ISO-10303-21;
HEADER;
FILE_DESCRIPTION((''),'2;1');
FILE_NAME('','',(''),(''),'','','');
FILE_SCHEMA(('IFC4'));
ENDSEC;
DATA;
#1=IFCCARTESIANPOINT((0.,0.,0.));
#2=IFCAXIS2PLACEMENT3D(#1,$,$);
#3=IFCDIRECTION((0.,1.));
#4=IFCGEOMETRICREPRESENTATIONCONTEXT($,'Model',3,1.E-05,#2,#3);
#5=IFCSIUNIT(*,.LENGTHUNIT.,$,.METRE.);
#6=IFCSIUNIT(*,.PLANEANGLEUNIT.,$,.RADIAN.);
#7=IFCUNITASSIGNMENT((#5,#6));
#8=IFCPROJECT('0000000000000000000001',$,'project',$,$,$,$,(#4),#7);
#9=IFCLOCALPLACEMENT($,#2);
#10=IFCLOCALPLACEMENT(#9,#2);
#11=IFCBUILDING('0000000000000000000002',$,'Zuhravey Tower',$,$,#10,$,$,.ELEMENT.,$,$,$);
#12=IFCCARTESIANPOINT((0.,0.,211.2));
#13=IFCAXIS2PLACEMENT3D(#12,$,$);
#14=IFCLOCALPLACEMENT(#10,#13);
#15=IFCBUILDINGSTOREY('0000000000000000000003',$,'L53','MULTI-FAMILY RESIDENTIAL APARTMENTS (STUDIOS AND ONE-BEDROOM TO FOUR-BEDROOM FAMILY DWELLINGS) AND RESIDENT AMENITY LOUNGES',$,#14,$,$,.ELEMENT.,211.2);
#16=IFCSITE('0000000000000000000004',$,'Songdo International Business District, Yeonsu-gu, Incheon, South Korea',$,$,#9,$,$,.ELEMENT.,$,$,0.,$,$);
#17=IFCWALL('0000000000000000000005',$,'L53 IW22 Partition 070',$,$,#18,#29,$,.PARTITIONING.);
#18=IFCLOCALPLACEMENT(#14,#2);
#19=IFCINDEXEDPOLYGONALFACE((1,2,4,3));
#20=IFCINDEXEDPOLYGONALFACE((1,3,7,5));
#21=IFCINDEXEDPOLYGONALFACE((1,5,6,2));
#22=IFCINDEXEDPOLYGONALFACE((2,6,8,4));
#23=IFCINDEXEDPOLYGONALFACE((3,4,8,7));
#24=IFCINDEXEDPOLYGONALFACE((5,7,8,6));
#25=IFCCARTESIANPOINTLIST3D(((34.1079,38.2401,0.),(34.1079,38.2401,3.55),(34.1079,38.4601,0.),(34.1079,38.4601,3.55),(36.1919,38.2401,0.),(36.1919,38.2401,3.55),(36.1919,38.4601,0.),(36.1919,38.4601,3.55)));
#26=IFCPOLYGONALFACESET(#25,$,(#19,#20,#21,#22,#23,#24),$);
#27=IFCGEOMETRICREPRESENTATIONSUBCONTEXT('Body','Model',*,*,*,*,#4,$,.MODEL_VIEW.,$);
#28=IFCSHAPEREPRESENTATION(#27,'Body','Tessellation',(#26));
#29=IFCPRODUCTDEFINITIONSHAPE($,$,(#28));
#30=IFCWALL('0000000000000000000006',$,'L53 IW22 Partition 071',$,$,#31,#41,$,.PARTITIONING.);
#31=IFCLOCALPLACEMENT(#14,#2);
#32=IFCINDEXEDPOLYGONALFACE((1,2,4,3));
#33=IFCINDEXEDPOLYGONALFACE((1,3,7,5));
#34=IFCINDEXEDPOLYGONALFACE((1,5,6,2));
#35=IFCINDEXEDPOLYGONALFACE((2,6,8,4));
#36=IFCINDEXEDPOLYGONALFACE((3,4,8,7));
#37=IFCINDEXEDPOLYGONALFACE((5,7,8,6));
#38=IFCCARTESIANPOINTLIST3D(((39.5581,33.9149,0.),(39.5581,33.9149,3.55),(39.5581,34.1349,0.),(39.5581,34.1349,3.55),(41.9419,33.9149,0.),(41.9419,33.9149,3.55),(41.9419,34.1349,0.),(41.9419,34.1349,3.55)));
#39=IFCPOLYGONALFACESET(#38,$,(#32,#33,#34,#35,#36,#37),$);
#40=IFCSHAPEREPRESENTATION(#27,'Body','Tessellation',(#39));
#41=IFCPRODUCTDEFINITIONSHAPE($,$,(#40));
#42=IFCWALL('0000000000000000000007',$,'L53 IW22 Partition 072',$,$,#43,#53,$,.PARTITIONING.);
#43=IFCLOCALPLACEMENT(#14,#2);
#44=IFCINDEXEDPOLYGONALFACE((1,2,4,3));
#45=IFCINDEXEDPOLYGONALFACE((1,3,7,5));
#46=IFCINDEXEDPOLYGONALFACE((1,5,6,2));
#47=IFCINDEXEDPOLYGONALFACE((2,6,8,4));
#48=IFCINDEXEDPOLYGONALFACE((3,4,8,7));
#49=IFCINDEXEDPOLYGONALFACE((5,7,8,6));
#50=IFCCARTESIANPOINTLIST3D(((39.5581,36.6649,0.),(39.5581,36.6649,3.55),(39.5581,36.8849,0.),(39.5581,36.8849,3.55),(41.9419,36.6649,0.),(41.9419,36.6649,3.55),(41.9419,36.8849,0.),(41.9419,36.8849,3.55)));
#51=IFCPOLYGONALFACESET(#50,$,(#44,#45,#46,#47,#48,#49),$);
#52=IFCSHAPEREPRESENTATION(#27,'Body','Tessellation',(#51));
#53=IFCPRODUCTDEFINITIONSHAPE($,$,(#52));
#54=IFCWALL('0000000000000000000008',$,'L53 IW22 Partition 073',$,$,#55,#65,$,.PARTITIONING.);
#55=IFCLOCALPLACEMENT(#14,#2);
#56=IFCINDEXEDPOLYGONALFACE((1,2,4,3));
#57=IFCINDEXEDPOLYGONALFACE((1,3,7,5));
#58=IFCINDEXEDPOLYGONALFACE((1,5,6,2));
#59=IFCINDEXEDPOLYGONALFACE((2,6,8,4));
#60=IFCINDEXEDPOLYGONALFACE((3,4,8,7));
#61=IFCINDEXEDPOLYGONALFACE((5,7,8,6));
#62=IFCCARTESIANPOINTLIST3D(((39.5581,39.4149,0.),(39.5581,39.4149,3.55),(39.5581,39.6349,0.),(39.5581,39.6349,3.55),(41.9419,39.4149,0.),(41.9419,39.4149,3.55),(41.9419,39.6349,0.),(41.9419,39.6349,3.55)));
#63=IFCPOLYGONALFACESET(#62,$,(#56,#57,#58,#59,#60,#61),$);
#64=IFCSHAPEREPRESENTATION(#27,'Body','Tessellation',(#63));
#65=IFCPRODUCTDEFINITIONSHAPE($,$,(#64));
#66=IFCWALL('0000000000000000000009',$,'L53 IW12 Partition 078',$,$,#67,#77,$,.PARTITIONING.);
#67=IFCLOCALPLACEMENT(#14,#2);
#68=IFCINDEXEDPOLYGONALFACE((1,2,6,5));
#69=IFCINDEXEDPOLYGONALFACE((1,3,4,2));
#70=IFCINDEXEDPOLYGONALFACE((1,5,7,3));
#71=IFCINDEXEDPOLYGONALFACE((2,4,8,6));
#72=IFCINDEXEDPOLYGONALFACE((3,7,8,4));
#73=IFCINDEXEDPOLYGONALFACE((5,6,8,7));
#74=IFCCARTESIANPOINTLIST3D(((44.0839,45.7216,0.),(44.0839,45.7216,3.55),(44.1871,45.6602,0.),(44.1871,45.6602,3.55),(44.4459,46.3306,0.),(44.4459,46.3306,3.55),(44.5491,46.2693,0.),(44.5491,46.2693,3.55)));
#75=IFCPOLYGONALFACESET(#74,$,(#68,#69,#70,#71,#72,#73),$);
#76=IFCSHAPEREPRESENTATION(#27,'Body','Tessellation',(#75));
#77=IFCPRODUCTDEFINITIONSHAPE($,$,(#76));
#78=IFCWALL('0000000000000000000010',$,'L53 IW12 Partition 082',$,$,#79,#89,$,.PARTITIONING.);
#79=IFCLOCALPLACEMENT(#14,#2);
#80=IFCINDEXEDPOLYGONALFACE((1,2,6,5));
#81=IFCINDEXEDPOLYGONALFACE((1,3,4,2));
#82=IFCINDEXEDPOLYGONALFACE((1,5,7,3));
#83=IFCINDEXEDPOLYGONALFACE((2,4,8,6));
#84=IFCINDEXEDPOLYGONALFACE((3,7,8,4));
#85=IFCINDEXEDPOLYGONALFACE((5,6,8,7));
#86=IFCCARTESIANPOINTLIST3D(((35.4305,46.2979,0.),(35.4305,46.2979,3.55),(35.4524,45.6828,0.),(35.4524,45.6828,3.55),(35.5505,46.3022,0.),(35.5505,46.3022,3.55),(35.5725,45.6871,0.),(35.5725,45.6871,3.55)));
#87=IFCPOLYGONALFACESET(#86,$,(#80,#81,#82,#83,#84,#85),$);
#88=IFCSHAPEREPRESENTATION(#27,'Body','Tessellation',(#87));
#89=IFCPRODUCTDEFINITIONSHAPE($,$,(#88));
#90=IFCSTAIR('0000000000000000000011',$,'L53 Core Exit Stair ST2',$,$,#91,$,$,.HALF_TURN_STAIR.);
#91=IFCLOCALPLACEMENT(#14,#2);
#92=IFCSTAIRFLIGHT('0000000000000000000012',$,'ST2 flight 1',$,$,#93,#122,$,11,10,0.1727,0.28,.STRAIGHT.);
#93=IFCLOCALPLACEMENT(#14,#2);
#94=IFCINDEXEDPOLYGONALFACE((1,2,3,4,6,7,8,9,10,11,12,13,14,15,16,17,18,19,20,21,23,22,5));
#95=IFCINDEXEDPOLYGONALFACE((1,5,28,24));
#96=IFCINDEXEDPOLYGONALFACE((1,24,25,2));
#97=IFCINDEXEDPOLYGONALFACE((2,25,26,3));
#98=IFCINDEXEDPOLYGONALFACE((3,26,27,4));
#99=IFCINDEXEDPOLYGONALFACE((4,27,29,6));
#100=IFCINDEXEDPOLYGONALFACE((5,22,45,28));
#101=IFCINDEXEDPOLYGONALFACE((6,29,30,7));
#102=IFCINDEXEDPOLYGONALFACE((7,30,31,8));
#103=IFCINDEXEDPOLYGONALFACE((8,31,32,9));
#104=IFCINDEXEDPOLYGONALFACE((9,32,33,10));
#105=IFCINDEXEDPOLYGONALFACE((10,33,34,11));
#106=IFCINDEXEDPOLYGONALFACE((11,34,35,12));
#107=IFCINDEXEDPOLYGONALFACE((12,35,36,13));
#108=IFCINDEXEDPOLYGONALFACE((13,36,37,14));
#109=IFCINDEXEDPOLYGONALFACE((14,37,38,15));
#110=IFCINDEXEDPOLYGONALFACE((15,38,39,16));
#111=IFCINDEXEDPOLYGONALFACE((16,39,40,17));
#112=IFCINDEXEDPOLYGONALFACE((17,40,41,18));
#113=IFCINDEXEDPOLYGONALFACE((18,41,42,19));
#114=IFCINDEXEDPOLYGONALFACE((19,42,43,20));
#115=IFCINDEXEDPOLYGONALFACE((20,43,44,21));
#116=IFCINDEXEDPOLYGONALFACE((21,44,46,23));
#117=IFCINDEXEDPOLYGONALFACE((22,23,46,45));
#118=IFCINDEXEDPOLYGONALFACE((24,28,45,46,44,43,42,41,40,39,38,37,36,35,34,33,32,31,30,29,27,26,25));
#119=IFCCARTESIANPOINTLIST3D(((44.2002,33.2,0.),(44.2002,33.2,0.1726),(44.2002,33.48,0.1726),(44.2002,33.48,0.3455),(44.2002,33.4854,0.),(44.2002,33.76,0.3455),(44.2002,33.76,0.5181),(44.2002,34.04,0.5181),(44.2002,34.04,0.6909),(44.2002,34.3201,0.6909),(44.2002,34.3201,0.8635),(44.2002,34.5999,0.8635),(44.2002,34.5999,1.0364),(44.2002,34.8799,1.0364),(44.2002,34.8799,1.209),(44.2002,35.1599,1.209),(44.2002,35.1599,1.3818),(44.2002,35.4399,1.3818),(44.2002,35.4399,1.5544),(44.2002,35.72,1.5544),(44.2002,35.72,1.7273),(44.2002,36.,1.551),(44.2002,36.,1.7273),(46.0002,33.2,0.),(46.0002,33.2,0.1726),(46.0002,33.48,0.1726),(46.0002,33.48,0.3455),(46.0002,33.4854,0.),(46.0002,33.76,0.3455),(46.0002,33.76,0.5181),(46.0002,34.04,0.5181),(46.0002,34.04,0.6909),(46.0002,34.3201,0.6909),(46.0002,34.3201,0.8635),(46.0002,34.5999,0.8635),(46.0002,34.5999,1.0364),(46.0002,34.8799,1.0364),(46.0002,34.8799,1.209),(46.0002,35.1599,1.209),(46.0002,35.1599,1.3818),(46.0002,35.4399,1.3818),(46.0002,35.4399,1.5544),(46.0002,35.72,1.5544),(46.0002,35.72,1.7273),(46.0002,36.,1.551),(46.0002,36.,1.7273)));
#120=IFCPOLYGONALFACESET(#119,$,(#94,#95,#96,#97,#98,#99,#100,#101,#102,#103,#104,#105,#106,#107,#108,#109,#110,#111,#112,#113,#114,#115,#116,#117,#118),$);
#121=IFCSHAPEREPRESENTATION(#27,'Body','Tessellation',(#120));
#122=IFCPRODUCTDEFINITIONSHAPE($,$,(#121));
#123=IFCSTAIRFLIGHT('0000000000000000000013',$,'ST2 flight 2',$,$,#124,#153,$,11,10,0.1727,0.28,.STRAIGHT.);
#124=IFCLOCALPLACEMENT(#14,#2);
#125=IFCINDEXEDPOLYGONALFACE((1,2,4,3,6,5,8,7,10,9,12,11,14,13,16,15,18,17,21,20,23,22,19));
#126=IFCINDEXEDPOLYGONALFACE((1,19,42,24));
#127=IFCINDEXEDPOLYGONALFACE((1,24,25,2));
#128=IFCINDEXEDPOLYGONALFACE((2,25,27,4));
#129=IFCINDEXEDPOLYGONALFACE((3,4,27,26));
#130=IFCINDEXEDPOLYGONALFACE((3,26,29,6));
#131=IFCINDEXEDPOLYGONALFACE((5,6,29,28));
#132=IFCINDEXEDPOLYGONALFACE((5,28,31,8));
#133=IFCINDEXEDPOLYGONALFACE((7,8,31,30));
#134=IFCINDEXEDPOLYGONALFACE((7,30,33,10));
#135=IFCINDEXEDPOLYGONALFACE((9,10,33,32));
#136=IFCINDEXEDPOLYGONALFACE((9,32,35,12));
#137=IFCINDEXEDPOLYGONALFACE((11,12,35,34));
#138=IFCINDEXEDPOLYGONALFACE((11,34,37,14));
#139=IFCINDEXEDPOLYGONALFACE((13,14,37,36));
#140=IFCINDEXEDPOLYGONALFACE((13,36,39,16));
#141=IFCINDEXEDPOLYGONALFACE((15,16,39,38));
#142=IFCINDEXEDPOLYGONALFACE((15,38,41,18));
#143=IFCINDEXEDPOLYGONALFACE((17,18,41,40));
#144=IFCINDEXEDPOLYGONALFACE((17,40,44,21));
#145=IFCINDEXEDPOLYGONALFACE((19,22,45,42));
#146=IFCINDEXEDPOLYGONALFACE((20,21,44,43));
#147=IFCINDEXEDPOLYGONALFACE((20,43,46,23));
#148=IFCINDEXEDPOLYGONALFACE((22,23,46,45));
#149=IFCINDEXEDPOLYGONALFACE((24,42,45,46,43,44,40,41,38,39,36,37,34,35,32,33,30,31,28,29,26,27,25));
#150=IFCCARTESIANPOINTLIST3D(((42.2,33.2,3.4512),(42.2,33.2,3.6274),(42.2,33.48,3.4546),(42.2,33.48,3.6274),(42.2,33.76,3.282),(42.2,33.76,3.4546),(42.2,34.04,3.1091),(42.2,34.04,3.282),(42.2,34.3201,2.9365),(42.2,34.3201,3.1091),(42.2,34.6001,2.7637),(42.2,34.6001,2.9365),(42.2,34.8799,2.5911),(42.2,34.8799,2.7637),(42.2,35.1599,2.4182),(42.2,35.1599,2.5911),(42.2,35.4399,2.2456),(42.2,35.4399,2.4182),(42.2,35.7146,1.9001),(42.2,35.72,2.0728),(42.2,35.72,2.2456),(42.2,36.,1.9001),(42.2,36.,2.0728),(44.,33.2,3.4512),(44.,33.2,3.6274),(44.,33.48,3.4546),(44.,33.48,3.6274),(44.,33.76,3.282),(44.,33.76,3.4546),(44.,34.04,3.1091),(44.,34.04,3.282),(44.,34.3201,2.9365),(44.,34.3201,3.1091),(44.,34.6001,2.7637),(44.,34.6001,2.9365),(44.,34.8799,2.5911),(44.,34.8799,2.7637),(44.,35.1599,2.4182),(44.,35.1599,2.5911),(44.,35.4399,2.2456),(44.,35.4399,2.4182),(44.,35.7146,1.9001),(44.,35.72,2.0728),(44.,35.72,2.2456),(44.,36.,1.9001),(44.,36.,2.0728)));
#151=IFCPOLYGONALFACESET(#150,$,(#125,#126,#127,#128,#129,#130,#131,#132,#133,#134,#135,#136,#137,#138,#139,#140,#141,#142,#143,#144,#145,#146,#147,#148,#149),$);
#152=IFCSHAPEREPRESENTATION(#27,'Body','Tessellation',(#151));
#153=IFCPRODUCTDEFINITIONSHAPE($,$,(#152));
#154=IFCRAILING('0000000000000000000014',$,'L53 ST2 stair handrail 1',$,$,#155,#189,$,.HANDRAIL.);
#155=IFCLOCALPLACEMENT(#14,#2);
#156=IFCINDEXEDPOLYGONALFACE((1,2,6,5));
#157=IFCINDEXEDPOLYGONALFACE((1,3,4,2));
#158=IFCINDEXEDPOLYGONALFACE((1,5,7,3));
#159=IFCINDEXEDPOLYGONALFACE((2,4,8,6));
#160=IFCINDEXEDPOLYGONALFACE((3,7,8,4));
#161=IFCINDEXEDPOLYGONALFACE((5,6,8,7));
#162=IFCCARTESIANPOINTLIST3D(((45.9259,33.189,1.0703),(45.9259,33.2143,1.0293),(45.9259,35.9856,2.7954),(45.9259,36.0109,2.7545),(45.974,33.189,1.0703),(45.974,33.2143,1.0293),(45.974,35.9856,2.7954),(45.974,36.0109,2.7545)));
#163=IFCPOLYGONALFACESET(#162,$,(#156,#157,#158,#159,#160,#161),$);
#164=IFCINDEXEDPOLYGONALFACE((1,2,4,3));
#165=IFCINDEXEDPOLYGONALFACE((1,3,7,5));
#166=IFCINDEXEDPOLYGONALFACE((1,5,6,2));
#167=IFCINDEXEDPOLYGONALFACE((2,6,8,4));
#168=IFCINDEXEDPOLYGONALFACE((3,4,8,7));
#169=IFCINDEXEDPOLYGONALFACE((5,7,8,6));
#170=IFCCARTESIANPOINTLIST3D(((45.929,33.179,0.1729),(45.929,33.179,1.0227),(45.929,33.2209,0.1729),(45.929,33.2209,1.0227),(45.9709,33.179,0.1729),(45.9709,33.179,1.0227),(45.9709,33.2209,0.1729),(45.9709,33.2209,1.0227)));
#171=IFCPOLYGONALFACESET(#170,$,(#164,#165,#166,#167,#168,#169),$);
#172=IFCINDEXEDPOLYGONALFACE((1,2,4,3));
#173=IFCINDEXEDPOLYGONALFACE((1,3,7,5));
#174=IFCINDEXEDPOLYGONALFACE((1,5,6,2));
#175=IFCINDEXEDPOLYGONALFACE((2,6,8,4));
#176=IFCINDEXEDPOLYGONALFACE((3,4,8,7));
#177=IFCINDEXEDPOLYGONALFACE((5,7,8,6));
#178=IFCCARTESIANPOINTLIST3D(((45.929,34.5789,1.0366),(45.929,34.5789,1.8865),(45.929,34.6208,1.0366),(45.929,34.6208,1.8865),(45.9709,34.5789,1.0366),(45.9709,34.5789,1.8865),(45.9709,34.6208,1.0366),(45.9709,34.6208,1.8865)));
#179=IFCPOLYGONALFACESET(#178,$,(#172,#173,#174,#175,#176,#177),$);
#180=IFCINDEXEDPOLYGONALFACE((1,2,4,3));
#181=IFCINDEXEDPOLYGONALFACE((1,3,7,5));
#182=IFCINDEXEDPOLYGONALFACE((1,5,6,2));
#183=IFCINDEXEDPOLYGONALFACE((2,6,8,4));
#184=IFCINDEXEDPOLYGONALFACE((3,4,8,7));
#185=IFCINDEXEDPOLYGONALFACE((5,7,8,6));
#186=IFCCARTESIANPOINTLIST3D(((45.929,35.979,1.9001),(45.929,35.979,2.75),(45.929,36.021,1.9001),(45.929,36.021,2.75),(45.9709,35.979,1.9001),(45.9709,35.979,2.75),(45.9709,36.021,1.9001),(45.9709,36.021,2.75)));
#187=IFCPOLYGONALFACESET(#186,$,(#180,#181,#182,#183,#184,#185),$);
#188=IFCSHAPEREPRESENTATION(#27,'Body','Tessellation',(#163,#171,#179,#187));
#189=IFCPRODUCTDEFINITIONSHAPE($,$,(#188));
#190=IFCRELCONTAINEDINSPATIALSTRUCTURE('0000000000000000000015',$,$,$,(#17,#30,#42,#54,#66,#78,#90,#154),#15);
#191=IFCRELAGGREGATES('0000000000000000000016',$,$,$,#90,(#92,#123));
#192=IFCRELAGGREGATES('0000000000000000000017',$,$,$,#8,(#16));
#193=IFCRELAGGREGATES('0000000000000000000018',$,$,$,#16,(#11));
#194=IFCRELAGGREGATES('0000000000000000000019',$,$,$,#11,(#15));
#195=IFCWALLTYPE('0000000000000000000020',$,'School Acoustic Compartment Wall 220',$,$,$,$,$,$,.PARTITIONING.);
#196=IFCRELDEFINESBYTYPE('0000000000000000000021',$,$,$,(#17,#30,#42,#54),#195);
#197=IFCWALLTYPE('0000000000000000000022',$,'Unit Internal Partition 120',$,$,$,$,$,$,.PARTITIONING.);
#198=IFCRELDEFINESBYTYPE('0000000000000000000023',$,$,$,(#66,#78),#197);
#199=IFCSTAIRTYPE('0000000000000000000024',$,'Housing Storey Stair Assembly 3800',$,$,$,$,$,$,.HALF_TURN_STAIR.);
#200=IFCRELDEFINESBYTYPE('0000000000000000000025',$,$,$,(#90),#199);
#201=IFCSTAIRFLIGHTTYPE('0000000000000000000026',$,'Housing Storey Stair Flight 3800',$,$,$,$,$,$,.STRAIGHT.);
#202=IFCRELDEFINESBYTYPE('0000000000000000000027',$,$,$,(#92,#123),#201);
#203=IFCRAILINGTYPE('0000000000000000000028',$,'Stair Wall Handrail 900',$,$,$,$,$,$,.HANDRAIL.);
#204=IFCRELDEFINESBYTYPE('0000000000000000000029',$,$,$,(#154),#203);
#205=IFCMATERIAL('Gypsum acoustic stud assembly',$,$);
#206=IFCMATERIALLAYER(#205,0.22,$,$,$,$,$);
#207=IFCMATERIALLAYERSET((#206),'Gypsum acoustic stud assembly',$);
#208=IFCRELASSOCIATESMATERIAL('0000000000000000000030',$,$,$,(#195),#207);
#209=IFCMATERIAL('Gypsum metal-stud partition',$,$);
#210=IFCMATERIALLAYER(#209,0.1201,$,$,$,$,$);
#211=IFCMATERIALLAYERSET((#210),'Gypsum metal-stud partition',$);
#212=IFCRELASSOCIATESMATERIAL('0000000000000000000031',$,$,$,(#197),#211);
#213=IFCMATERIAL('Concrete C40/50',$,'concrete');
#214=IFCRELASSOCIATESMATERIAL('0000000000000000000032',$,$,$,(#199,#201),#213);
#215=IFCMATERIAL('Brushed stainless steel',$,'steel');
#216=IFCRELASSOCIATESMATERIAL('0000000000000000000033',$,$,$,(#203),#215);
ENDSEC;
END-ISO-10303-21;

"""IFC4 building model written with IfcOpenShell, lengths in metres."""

from ifc_helpers import new_model, si_unit, direction, frame, frame_2d, origin, origin_2d, place, context, subcontext, project, spatial, polyline, rectangle, outline, extrude, material, layer, layer_set, type_object, element, aggregate, save


model = new_model("IFC4")

# Units and contexts
model_context = context("Model", 3, precision=1e-05, world=origin(), true_north=direction((0.0, 1.0)))
body_context = subcontext(model_context, "Body", "Model", "MODEL_VIEW")
ifc_project = project(units=[si_unit("LENGTHUNIT", "METRE"), si_unit("PLANEANGLEUNIT", "RADIAN")], contexts=[model_context])

# Site, building, storey
site_placement = place(None, origin())
site = spatial("IfcSite", under=ifc_project, at=site_placement, Name="Songdo International Business District, Yeonsu-gu, Incheon, South Korea", CompositionType="ELEMENT", RefElevation=0.0)
building_placement = place(site_placement, origin())
building = spatial("IfcBuilding", under=site, at=building_placement, Name="Zuhravey Tower", CompositionType="ELEMENT")
storey_placement = place(building_placement, frame((0.0, 0.0, 211.2)))
storey = spatial("IfcBuildingStorey", under=building, at=storey_placement, Name="L53", Description="MULTI-FAMILY RESIDENTIAL APARTMENTS (STUDIOS AND ONE-BEDROOM TO FOUR-BEDROOM FAMILY DWELLINGS) AND RESIDENT AMENITY LOUNGES", CompositionType="ELEMENT", Elevation=211.2)

# Walls
ifc_material_1 = material(Name="Gypsum acoustic stud assembly")
ifc_layer_1 = layer(ifc_material_1, 0.22)
ifc_layer_set_1 = layer_set([ifc_layer_1], Name="Gypsum acoustic stud assembly")
wall_type_1 = type_object("IfcWallType", Name="School Acoustic Compartment Wall 220", PredefinedType="PARTITIONING", material=ifc_layer_set_1)
wall_1_placement = place(storey_placement, frame((34.1079, 38.3501, 0.0), z_axis=(0.0, 0.0, 1.0), x_axis=(1.0, 0.0, 0.0)))
element("IfcWall", 1, at=wall_1_placement, inside=storey, type_object=wall_type_1, Name="L53 IW22 Partition 070", PredefinedType="PARTITIONING", context=body_context, shape_type="SweptSolid", body=[
    extrude(rectangle(XDim=2.084, YDim=0.22, at=frame_2d((1.042, 0.0))), origin(), (0.0, 0.0, 1.0), 3.55),
])
for number, where, z_axis, x_axis, name in (
    (2, (39.5581, 34.0249, 0.0), (0.0, 0.0, 1.0), (1.0, 0.0, 0.0), "L53 IW22 Partition 071"),
    (3, (39.5581, 36.7749, 0.0), (0.0, 0.0, 1.0), (1.0, 0.0, 0.0), "L53 IW22 Partition 072"),
    (4, (39.5581, 39.5249, 0.0), (0.0, 0.0, 1.0), (1.0, 0.0, 0.0), "L53 IW22 Partition 073"),
):
    element("IfcWall", number, at=place(storey_placement, frame(where, z_axis=z_axis, x_axis=x_axis)), inside=storey, type_object=wall_type_1, Name=name, PredefinedType="PARTITIONING", context=body_context, shape_type="SweptSolid", body=[
        extrude(rectangle(XDim=2.3838, YDim=0.22, at=frame_2d((1.1919, 0.0))), origin(), (0.0, 0.0, 1.0), 3.55),
    ])
ifc_material_2 = material(Name="Gypsum metal-stud partition")
ifc_layer_2 = layer(ifc_material_2, 0.1201)
ifc_layer_set_2 = layer_set([ifc_layer_2], Name="Gypsum metal-stud partition")
wall_type_2 = type_object("IfcWallType", Name="Unit Internal Partition 120", PredefinedType="PARTITIONING", material=ifc_layer_set_2)
wall_2_placement = place(storey_placement, frame((44.1355, 45.6909, 0.0), z_axis=(0.0, 0.0, 1.0), x_axis=(0.510945, 0.859614, 0.0)))
element("IfcWall", 5, at=wall_2_placement, inside=storey, type_object=wall_type_2, Name="L53 IW12 Partition 078", PredefinedType="PARTITIONING", context=body_context, shape_type="SweptSolid", body=[
    extrude(rectangle(XDim=0.7085, YDim=0.1201, at=frame_2d((0.3542, 0.0))), origin(), (0.0, 0.0, 1.0), 3.55),
])
wall_3_placement = place(storey_placement, frame((35.5125, 45.6851, 0.0), z_axis=(0.0, 0.0, 1.0), x_axis=(-0.035706, 0.999362, 0.0)))
element("IfcWall", 6, at=wall_3_placement, inside=storey, type_object=wall_type_2, Name="L53 IW12 Partition 082", PredefinedType="PARTITIONING", context=body_context, shape_type="SweptSolid", body=[
    extrude(rectangle(XDim=0.6155, YDim=0.1201, at=frame_2d((0.3076, 0.0))), origin(), (0.0, 0.0, 1.0), 3.55),
])

# Stair, stair flights
ifc_material_3 = material(Name="Concrete C40/50", Category="concrete")
stair_type = type_object("IfcStairType", Name="Housing Storey Stair Assembly 3800", PredefinedType="HALF_TURN_STAIR", material=ifc_material_3)
stair_placement = place(storey_placement, origin())
stair = element("IfcStair", 7, at=stair_placement, inside=storey, type_object=stair_type, Name="L53 Core Exit Stair ST2", PredefinedType="HALF_TURN_STAIR")
stair_flight_type = type_object("IfcStairFlightType", Name="Housing Storey Stair Flight 3800", PredefinedType="STRAIGHT", material=ifc_material_3)
stair_flight_1_placement = place(storey_placement, frame((45.1001, 33.2, 0.0), z_axis=(0.0, 0.0, 1.0), x_axis=(0.0, 1.0, 0.0)))
stair_flight_1 = element("IfcStairFlight", 8, at=stair_flight_1_placement, type_object=stair_flight_type, Name="ST2 flight 1", NumberOfRisers=11, NumberOfTreads=10, PredefinedType="STRAIGHT", RiserHeight=0.1727, TreadLength=0.28, context=body_context, shape_type="SweptSolid", body=[
    extrude(outline(polyline([(0.0, 0.0), (0.0, 0.1726), (0.28, 0.1726), (0.28, 0.3455), (0.5601, 0.3455), (0.5601, 0.5181), (0.8401, 0.5181), (0.8401, 0.6909), (1.1201, 0.6909), (1.1201, 0.8635), (1.3999, 0.8635), (1.3999, 1.0364), (1.6799, 1.0364), (1.6799, 1.209), (1.96, 1.209), (1.96, 1.3818), (2.24, 1.3818), (2.24, 1.5544), (2.52, 1.5544), (2.52, 1.7273), (2.8, 1.7273), (2.8, 1.8999), (2.8, 1.551), (0.2854, 0.0), (0.0, 0.0)])), frame((0.0, 0.8999, 0.0), z_axis=(0.0, -1.0, 0.0), x_axis=(1.0, 0.0, 0.0)), (0.0, 0.0, 1.0), 1.8),
])
stair_flight_2_placement = place(storey_placement, frame((43.1001, 36.0, 1.9001), z_axis=(0.0, 0.0, 1.0), x_axis=(0.0, -1.0, 0.0)))
stair_flight_2 = element("IfcStairFlight", 9, at=stair_flight_2_placement, type_object=stair_flight_type, Name="ST2 flight 2", NumberOfRisers=11, NumberOfTreads=10, PredefinedType="STRAIGHT", RiserHeight=0.1727, TreadLength=0.28, context=body_context, shape_type="SweptSolid", body=[
    extrude(outline(polyline([(0.0, 0.0), (0.0, 0.1726), (0.28, 0.1726), (0.28, 0.3455), (0.5601, 0.3455), (0.5601, 0.5181), (0.8401, 0.5181), (0.8401, 0.6909), (1.1201, 0.6909), (1.1201, 0.8635), (1.3999, 0.8635), (1.3999, 1.0364), (1.6799, 1.0364), (1.6799, 1.209), (1.96, 1.209), (1.96, 1.3818), (2.24, 1.3818), (2.24, 1.5544), (2.52, 1.5544), (2.52, 1.7273), (2.8, 1.7273), (2.8, 1.8999), (2.8, 1.551), (0.2854, 0.0), (0.0, 0.0)])), frame((0.0, 0.8999, 0.0), z_axis=(0.0, -1.0, 0.0), x_axis=(1.0, 0.0, 0.0)), (0.0, 0.0, 1.0), 1.8),
])
aggregate(stair, [stair_flight_1, stair_flight_2])

# Railing
ifc_material_4 = material(Name="Brushed stainless steel", Category="steel")
railing_type_1 = type_object("IfcRailingType", Name="Stair Wall Handrail 900", PredefinedType="HANDRAIL", material=ifc_material_4)
railing_1_placement = place(storey_placement, frame((45.95, 33.2, 0.1729)))
element("IfcRailing", 10, at=railing_1_placement, inside=storey, type_object=railing_type_1, Name="L53 ST2 stair handrail 1", PredefinedType="HANDRAIL", context=body_context, shape_type="SweptSolid", body=[
    extrude(rectangle(XDim=0.0481, YDim=0.0481, at=origin_2d()), frame((0.0, 0.0017, 0.877), z_axis=(0.0, 0.85109, 0.52502), x_axis=(-1.0, 0.0, 0.0)), (0.0, 0.0, 1.0), 3.2859),
    extrude(rectangle(XDim=0.042, YDim=0.042, at=origin_2d()), origin(), (0.0, 0.0, 1.0), 0.8499),
    extrude(rectangle(XDim=0.042, YDim=0.042, at=origin_2d()), frame((0.0, 1.3999, 0.8638)), (0.0, 0.0, 1.0), 0.8499),
    extrude(rectangle(XDim=0.042, YDim=0.042, at=origin_2d()), frame((0.0, 2.8, 1.7273)), (0.0, 0.0, 1.0), 0.8499),
])

save(model, "model.ifc")
